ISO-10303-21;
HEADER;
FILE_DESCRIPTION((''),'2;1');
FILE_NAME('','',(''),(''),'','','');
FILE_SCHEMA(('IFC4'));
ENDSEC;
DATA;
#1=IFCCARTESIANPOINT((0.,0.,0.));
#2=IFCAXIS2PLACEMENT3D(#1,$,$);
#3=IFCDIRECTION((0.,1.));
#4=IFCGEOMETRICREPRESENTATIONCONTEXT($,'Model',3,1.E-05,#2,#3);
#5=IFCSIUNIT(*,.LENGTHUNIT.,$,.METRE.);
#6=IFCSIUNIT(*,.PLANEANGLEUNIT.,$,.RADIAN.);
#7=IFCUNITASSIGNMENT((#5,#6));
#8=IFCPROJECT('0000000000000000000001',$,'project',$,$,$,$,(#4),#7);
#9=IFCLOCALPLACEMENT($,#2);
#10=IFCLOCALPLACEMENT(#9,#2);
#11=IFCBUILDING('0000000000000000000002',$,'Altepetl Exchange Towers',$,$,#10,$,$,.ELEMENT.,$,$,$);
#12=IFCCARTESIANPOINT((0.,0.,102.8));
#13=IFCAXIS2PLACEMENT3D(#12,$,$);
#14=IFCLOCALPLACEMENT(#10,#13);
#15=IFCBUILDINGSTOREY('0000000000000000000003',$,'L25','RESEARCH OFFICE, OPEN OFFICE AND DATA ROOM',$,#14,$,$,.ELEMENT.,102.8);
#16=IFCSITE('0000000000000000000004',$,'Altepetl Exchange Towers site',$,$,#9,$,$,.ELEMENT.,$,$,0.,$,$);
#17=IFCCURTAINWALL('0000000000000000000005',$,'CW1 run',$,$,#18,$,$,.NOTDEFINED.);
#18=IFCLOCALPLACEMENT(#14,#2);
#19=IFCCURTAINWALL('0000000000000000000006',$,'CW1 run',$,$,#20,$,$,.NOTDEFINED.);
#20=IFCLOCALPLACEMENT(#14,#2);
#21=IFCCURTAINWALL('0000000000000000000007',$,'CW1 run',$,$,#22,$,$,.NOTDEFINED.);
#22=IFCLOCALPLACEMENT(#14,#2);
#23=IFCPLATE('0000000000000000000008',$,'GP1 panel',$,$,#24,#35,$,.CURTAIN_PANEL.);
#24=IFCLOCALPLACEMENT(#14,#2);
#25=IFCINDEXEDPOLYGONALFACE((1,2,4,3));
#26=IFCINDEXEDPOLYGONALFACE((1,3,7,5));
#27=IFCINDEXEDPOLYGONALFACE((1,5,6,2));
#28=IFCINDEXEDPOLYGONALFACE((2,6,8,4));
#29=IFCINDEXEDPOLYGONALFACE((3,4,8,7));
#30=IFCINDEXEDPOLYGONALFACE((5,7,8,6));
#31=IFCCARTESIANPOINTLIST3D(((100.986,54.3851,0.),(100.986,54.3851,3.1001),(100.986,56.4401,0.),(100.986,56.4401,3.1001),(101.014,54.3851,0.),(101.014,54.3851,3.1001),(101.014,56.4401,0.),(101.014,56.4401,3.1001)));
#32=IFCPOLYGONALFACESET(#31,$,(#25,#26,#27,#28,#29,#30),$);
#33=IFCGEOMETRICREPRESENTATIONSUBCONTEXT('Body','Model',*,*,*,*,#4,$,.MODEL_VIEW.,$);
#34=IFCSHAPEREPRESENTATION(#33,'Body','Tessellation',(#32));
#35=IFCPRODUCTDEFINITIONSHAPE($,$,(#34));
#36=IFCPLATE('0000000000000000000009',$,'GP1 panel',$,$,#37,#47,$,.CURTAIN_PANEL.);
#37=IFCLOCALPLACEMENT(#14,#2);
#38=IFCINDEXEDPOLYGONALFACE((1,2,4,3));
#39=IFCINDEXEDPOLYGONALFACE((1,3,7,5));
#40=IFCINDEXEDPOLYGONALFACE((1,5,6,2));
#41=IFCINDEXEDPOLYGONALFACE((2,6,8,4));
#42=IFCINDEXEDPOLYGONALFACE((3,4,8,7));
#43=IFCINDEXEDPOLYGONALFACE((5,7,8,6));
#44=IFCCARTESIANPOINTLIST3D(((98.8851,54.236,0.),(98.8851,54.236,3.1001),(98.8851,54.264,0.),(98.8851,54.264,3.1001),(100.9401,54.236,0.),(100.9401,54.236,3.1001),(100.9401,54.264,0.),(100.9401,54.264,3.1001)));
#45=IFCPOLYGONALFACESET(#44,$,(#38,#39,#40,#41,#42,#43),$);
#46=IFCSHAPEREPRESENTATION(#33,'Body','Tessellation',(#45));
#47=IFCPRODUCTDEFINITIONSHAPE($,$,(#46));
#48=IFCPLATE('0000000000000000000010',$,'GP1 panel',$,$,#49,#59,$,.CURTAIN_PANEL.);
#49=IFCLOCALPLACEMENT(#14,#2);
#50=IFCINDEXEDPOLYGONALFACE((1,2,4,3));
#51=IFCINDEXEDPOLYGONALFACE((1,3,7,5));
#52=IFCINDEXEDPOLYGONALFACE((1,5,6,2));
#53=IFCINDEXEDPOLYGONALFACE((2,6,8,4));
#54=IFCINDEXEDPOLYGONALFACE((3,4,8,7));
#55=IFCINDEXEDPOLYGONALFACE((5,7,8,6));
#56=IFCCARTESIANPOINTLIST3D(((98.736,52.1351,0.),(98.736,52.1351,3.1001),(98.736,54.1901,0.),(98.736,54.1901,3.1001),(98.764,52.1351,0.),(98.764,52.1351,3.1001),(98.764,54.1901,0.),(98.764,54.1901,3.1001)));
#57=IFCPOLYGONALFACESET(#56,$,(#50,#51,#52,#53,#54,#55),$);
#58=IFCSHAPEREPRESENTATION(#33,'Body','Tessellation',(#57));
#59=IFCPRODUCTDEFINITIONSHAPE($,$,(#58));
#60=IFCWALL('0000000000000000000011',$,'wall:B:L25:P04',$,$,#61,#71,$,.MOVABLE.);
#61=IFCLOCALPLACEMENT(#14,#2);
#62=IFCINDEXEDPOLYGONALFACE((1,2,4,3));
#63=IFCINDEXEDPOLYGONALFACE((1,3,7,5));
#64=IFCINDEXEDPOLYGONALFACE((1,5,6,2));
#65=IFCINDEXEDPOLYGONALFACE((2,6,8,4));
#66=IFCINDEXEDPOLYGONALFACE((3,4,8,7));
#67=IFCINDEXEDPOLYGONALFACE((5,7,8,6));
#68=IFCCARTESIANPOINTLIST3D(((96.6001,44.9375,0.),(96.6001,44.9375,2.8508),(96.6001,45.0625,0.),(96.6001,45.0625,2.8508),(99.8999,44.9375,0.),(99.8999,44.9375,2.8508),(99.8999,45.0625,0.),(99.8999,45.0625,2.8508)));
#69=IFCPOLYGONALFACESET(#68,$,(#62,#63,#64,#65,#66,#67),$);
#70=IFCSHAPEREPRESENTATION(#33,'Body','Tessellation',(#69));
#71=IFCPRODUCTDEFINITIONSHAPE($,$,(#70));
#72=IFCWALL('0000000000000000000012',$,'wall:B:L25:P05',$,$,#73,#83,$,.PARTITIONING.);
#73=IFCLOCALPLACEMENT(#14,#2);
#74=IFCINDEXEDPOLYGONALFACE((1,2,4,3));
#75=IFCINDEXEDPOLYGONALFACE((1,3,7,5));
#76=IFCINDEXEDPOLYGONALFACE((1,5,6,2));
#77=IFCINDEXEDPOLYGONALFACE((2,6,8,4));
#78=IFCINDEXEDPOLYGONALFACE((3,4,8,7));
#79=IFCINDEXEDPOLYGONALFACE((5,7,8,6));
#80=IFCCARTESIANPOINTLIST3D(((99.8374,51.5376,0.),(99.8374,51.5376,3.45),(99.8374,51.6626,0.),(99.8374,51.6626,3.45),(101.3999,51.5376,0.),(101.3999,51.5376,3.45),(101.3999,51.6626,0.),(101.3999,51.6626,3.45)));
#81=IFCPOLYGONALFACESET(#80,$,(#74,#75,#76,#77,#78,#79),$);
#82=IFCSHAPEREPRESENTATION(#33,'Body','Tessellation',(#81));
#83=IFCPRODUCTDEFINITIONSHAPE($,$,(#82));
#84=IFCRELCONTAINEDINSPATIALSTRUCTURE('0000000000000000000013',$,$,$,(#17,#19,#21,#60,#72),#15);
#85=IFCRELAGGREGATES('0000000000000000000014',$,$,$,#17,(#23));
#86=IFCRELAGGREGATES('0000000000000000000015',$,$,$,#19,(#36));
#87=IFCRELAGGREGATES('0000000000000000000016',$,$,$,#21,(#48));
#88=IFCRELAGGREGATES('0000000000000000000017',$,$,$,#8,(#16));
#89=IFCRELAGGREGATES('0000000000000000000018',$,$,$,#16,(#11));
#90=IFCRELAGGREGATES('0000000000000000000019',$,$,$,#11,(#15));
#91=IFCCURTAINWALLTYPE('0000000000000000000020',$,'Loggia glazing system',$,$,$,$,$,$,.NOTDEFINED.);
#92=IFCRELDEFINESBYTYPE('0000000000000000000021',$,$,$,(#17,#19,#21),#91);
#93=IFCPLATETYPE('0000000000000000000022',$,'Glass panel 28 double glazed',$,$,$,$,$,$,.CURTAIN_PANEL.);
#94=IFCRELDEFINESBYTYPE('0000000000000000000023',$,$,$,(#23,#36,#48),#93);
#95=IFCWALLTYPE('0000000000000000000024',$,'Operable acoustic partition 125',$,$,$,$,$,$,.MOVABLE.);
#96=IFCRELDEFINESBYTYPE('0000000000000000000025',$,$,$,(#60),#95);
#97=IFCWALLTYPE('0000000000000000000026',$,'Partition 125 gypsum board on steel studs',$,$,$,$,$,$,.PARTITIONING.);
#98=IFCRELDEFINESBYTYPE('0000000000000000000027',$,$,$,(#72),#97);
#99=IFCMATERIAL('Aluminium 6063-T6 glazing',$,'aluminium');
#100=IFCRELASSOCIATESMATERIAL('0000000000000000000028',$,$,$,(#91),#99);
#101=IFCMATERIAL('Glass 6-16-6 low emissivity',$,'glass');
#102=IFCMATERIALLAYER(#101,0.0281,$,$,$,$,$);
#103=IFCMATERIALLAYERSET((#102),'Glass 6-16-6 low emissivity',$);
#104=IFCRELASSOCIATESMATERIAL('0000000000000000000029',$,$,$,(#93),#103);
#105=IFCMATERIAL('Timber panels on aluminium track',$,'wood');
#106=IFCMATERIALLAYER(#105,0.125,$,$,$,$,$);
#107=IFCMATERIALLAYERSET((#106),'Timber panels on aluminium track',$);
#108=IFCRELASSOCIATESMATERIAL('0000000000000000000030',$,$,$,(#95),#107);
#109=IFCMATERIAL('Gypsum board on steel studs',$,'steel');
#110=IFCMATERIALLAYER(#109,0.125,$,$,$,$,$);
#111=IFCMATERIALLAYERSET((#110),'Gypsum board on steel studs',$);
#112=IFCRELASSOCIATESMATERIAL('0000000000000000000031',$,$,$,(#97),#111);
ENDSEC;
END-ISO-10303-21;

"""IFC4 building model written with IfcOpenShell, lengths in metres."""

from ifc_helpers import new_model, si_unit, direction, frame, frame_2d, origin, origin_2d, place, context, subcontext, project, spatial, rectangle, extrude, material, layer, layer_set, type_object, element, aggregate, save


model = new_model("IFC4")

# Units and contexts
model_context = context("Model", 3, precision=1e-05, world=origin(), true_north=direction((0.0, 1.0)))
body_context = subcontext(model_context, "Body", "Model", "MODEL_VIEW")
ifc_project = project(units=[si_unit("LENGTHUNIT", "METRE"), si_unit("PLANEANGLEUNIT", "RADIAN")], contexts=[model_context])

# Site, building, storey
site_placement = place(None, origin())
site = spatial("IfcSite", under=ifc_project, at=site_placement, Name="Altepetl Exchange Towers site", CompositionType="ELEMENT", RefElevation=0.0)
building_placement = place(site_placement, origin())
building = spatial("IfcBuilding", under=site, at=building_placement, Name="Altepetl Exchange Towers", CompositionType="ELEMENT")
storey_placement = place(building_placement, frame((0.0, 0.0, 102.8)))
storey = spatial("IfcBuildingStorey", under=building, at=storey_placement, Name="L25", Description="RESEARCH OFFICE, OPEN OFFICE AND DATA ROOM", CompositionType="ELEMENT", Elevation=102.8)

# Curtain walls
ifc_material_1 = material(Name="Aluminium 6063-T6 glazing", Category="aluminium")
curtain_wall_type = type_object("IfcCurtainWallType", Name="Loggia glazing system", PredefinedType="NOTDEFINED", material=ifc_material_1)
curtain_wall_1_placement = place(storey_placement, origin())
curtain_wall_1 = element("IfcCurtainWall", 1, at=curtain_wall_1_placement, inside=storey, type_object=curtain_wall_type, Name="CW1 run", PredefinedType="NOTDEFINED")
curtain_wall_2_placement = place(storey_placement, origin())
curtain_wall_2 = element("IfcCurtainWall", 2, at=curtain_wall_2_placement, inside=storey, type_object=curtain_wall_type, Name="CW1 run", PredefinedType="NOTDEFINED")
curtain_wall_3_placement = place(storey_placement, origin())
curtain_wall_3 = element("IfcCurtainWall", 3, at=curtain_wall_3_placement, inside=storey, type_object=curtain_wall_type, Name="CW1 run", PredefinedType="NOTDEFINED")

# Plates
ifc_material_2 = material(Name="Glass 6-16-6 low emissivity", Category="glass")
ifc_layer_1 = layer(ifc_material_2, 0.0281)
ifc_layer_set_1 = layer_set([ifc_layer_1], Name="Glass 6-16-6 low emissivity")
plate_type = type_object("IfcPlateType", Name="Glass panel 28 double glazed", PredefinedType="CURTAIN_PANEL", material=ifc_layer_set_1)
plate_1_placement = place(storey_placement, frame((101.0, 55.4126, 0.0), z_axis=(0.0, 0.0, 1.0), x_axis=(0.0, -1.0, 0.0)))
plate_1 = element("IfcPlate", 4, at=plate_1_placement, type_object=plate_type, Name="GP1 panel", PredefinedType="CURTAIN_PANEL", context=body_context, shape_type="SweptSolid", body=[
    extrude(rectangle(XDim=2.0549, YDim=0.0281, at=origin_2d()), origin(), (0.0, 0.0, 1.0), 3.1001),
])
aggregate(curtain_wall_1, [plate_1])
plate_2_placement = place(storey_placement, frame((99.9126, 54.25, 0.0), z_axis=(0.0, 0.0, 1.0), x_axis=(-1.0, 0.0, 0.0)))
plate_2 = element("IfcPlate", 5, at=plate_2_placement, type_object=plate_type, Name="GP1 panel", PredefinedType="CURTAIN_PANEL", context=body_context, shape_type="SweptSolid", body=[
    extrude(rectangle(XDim=2.0549, YDim=0.0281, at=origin_2d()), origin(), (0.0, 0.0, 1.0), 3.1001),
])
aggregate(curtain_wall_2, [plate_2])
plate_3_placement = place(storey_placement, frame((98.75, 53.1626, 0.0), z_axis=(0.0, 0.0, 1.0), x_axis=(0.0, -1.0, 0.0)))
plate_3 = element("IfcPlate", 6, at=plate_3_placement, type_object=plate_type, Name="GP1 panel", PredefinedType="CURTAIN_PANEL", context=body_context, shape_type="SweptSolid", body=[
    extrude(rectangle(XDim=2.0549, YDim=0.0281, at=origin_2d()), origin(), (0.0, 0.0, 1.0), 3.1001),
])
aggregate(curtain_wall_3, [plate_3])

# Walls
ifc_material_3 = material(Name="Timber panels on aluminium track", Category="wood")
ifc_layer_2 = layer(ifc_material_3, 0.125)
ifc_layer_set_2 = layer_set([ifc_layer_2], Name="Timber panels on aluminium track")
wall_type_1 = type_object("IfcWallType", Name="Operable acoustic partition 125", PredefinedType="MOVABLE", material=ifc_layer_set_2)
wall_1_placement = place(storey_placement, frame((96.6001, 45.0, 0.0)))
element("IfcWall", 7, at=wall_1_placement, inside=storey, type_object=wall_type_1, Name="wall:B:L25:P04", PredefinedType="MOVABLE", context=body_context, shape_type="SweptSolid", body=[
    extrude(rectangle(XDim=3.2998, YDim=0.125, at=frame_2d((1.6499, 0.0))), origin(), (0.0, 0.0, 1.0), 2.8508),
])
ifc_material_4 = material(Name="Gypsum board on steel studs", Category="steel")
ifc_layer_3 = layer(ifc_material_4, 0.125)
ifc_layer_set_3 = layer_set([ifc_layer_3], Name="Gypsum board on steel studs")
wall_type_2 = type_object("IfcWallType", Name="Partition 125 gypsum board on steel studs", PredefinedType="PARTITIONING", material=ifc_layer_set_3)
wall_2_placement = place(storey_placement, frame((99.8374, 51.6001, 0.0)))
element("IfcWall", 8, at=wall_2_placement, inside=storey, type_object=wall_type_2, Name="wall:B:L25:P05", PredefinedType="PARTITIONING", context=body_context, shape_type="SweptSolid", body=[
    extrude(rectangle(XDim=1.5625, YDim=0.125, at=frame_2d((0.7812, 0.0))), origin(), (0.0, 0.0, 1.0), 3.45),
])

save(model, "model.ifc")
